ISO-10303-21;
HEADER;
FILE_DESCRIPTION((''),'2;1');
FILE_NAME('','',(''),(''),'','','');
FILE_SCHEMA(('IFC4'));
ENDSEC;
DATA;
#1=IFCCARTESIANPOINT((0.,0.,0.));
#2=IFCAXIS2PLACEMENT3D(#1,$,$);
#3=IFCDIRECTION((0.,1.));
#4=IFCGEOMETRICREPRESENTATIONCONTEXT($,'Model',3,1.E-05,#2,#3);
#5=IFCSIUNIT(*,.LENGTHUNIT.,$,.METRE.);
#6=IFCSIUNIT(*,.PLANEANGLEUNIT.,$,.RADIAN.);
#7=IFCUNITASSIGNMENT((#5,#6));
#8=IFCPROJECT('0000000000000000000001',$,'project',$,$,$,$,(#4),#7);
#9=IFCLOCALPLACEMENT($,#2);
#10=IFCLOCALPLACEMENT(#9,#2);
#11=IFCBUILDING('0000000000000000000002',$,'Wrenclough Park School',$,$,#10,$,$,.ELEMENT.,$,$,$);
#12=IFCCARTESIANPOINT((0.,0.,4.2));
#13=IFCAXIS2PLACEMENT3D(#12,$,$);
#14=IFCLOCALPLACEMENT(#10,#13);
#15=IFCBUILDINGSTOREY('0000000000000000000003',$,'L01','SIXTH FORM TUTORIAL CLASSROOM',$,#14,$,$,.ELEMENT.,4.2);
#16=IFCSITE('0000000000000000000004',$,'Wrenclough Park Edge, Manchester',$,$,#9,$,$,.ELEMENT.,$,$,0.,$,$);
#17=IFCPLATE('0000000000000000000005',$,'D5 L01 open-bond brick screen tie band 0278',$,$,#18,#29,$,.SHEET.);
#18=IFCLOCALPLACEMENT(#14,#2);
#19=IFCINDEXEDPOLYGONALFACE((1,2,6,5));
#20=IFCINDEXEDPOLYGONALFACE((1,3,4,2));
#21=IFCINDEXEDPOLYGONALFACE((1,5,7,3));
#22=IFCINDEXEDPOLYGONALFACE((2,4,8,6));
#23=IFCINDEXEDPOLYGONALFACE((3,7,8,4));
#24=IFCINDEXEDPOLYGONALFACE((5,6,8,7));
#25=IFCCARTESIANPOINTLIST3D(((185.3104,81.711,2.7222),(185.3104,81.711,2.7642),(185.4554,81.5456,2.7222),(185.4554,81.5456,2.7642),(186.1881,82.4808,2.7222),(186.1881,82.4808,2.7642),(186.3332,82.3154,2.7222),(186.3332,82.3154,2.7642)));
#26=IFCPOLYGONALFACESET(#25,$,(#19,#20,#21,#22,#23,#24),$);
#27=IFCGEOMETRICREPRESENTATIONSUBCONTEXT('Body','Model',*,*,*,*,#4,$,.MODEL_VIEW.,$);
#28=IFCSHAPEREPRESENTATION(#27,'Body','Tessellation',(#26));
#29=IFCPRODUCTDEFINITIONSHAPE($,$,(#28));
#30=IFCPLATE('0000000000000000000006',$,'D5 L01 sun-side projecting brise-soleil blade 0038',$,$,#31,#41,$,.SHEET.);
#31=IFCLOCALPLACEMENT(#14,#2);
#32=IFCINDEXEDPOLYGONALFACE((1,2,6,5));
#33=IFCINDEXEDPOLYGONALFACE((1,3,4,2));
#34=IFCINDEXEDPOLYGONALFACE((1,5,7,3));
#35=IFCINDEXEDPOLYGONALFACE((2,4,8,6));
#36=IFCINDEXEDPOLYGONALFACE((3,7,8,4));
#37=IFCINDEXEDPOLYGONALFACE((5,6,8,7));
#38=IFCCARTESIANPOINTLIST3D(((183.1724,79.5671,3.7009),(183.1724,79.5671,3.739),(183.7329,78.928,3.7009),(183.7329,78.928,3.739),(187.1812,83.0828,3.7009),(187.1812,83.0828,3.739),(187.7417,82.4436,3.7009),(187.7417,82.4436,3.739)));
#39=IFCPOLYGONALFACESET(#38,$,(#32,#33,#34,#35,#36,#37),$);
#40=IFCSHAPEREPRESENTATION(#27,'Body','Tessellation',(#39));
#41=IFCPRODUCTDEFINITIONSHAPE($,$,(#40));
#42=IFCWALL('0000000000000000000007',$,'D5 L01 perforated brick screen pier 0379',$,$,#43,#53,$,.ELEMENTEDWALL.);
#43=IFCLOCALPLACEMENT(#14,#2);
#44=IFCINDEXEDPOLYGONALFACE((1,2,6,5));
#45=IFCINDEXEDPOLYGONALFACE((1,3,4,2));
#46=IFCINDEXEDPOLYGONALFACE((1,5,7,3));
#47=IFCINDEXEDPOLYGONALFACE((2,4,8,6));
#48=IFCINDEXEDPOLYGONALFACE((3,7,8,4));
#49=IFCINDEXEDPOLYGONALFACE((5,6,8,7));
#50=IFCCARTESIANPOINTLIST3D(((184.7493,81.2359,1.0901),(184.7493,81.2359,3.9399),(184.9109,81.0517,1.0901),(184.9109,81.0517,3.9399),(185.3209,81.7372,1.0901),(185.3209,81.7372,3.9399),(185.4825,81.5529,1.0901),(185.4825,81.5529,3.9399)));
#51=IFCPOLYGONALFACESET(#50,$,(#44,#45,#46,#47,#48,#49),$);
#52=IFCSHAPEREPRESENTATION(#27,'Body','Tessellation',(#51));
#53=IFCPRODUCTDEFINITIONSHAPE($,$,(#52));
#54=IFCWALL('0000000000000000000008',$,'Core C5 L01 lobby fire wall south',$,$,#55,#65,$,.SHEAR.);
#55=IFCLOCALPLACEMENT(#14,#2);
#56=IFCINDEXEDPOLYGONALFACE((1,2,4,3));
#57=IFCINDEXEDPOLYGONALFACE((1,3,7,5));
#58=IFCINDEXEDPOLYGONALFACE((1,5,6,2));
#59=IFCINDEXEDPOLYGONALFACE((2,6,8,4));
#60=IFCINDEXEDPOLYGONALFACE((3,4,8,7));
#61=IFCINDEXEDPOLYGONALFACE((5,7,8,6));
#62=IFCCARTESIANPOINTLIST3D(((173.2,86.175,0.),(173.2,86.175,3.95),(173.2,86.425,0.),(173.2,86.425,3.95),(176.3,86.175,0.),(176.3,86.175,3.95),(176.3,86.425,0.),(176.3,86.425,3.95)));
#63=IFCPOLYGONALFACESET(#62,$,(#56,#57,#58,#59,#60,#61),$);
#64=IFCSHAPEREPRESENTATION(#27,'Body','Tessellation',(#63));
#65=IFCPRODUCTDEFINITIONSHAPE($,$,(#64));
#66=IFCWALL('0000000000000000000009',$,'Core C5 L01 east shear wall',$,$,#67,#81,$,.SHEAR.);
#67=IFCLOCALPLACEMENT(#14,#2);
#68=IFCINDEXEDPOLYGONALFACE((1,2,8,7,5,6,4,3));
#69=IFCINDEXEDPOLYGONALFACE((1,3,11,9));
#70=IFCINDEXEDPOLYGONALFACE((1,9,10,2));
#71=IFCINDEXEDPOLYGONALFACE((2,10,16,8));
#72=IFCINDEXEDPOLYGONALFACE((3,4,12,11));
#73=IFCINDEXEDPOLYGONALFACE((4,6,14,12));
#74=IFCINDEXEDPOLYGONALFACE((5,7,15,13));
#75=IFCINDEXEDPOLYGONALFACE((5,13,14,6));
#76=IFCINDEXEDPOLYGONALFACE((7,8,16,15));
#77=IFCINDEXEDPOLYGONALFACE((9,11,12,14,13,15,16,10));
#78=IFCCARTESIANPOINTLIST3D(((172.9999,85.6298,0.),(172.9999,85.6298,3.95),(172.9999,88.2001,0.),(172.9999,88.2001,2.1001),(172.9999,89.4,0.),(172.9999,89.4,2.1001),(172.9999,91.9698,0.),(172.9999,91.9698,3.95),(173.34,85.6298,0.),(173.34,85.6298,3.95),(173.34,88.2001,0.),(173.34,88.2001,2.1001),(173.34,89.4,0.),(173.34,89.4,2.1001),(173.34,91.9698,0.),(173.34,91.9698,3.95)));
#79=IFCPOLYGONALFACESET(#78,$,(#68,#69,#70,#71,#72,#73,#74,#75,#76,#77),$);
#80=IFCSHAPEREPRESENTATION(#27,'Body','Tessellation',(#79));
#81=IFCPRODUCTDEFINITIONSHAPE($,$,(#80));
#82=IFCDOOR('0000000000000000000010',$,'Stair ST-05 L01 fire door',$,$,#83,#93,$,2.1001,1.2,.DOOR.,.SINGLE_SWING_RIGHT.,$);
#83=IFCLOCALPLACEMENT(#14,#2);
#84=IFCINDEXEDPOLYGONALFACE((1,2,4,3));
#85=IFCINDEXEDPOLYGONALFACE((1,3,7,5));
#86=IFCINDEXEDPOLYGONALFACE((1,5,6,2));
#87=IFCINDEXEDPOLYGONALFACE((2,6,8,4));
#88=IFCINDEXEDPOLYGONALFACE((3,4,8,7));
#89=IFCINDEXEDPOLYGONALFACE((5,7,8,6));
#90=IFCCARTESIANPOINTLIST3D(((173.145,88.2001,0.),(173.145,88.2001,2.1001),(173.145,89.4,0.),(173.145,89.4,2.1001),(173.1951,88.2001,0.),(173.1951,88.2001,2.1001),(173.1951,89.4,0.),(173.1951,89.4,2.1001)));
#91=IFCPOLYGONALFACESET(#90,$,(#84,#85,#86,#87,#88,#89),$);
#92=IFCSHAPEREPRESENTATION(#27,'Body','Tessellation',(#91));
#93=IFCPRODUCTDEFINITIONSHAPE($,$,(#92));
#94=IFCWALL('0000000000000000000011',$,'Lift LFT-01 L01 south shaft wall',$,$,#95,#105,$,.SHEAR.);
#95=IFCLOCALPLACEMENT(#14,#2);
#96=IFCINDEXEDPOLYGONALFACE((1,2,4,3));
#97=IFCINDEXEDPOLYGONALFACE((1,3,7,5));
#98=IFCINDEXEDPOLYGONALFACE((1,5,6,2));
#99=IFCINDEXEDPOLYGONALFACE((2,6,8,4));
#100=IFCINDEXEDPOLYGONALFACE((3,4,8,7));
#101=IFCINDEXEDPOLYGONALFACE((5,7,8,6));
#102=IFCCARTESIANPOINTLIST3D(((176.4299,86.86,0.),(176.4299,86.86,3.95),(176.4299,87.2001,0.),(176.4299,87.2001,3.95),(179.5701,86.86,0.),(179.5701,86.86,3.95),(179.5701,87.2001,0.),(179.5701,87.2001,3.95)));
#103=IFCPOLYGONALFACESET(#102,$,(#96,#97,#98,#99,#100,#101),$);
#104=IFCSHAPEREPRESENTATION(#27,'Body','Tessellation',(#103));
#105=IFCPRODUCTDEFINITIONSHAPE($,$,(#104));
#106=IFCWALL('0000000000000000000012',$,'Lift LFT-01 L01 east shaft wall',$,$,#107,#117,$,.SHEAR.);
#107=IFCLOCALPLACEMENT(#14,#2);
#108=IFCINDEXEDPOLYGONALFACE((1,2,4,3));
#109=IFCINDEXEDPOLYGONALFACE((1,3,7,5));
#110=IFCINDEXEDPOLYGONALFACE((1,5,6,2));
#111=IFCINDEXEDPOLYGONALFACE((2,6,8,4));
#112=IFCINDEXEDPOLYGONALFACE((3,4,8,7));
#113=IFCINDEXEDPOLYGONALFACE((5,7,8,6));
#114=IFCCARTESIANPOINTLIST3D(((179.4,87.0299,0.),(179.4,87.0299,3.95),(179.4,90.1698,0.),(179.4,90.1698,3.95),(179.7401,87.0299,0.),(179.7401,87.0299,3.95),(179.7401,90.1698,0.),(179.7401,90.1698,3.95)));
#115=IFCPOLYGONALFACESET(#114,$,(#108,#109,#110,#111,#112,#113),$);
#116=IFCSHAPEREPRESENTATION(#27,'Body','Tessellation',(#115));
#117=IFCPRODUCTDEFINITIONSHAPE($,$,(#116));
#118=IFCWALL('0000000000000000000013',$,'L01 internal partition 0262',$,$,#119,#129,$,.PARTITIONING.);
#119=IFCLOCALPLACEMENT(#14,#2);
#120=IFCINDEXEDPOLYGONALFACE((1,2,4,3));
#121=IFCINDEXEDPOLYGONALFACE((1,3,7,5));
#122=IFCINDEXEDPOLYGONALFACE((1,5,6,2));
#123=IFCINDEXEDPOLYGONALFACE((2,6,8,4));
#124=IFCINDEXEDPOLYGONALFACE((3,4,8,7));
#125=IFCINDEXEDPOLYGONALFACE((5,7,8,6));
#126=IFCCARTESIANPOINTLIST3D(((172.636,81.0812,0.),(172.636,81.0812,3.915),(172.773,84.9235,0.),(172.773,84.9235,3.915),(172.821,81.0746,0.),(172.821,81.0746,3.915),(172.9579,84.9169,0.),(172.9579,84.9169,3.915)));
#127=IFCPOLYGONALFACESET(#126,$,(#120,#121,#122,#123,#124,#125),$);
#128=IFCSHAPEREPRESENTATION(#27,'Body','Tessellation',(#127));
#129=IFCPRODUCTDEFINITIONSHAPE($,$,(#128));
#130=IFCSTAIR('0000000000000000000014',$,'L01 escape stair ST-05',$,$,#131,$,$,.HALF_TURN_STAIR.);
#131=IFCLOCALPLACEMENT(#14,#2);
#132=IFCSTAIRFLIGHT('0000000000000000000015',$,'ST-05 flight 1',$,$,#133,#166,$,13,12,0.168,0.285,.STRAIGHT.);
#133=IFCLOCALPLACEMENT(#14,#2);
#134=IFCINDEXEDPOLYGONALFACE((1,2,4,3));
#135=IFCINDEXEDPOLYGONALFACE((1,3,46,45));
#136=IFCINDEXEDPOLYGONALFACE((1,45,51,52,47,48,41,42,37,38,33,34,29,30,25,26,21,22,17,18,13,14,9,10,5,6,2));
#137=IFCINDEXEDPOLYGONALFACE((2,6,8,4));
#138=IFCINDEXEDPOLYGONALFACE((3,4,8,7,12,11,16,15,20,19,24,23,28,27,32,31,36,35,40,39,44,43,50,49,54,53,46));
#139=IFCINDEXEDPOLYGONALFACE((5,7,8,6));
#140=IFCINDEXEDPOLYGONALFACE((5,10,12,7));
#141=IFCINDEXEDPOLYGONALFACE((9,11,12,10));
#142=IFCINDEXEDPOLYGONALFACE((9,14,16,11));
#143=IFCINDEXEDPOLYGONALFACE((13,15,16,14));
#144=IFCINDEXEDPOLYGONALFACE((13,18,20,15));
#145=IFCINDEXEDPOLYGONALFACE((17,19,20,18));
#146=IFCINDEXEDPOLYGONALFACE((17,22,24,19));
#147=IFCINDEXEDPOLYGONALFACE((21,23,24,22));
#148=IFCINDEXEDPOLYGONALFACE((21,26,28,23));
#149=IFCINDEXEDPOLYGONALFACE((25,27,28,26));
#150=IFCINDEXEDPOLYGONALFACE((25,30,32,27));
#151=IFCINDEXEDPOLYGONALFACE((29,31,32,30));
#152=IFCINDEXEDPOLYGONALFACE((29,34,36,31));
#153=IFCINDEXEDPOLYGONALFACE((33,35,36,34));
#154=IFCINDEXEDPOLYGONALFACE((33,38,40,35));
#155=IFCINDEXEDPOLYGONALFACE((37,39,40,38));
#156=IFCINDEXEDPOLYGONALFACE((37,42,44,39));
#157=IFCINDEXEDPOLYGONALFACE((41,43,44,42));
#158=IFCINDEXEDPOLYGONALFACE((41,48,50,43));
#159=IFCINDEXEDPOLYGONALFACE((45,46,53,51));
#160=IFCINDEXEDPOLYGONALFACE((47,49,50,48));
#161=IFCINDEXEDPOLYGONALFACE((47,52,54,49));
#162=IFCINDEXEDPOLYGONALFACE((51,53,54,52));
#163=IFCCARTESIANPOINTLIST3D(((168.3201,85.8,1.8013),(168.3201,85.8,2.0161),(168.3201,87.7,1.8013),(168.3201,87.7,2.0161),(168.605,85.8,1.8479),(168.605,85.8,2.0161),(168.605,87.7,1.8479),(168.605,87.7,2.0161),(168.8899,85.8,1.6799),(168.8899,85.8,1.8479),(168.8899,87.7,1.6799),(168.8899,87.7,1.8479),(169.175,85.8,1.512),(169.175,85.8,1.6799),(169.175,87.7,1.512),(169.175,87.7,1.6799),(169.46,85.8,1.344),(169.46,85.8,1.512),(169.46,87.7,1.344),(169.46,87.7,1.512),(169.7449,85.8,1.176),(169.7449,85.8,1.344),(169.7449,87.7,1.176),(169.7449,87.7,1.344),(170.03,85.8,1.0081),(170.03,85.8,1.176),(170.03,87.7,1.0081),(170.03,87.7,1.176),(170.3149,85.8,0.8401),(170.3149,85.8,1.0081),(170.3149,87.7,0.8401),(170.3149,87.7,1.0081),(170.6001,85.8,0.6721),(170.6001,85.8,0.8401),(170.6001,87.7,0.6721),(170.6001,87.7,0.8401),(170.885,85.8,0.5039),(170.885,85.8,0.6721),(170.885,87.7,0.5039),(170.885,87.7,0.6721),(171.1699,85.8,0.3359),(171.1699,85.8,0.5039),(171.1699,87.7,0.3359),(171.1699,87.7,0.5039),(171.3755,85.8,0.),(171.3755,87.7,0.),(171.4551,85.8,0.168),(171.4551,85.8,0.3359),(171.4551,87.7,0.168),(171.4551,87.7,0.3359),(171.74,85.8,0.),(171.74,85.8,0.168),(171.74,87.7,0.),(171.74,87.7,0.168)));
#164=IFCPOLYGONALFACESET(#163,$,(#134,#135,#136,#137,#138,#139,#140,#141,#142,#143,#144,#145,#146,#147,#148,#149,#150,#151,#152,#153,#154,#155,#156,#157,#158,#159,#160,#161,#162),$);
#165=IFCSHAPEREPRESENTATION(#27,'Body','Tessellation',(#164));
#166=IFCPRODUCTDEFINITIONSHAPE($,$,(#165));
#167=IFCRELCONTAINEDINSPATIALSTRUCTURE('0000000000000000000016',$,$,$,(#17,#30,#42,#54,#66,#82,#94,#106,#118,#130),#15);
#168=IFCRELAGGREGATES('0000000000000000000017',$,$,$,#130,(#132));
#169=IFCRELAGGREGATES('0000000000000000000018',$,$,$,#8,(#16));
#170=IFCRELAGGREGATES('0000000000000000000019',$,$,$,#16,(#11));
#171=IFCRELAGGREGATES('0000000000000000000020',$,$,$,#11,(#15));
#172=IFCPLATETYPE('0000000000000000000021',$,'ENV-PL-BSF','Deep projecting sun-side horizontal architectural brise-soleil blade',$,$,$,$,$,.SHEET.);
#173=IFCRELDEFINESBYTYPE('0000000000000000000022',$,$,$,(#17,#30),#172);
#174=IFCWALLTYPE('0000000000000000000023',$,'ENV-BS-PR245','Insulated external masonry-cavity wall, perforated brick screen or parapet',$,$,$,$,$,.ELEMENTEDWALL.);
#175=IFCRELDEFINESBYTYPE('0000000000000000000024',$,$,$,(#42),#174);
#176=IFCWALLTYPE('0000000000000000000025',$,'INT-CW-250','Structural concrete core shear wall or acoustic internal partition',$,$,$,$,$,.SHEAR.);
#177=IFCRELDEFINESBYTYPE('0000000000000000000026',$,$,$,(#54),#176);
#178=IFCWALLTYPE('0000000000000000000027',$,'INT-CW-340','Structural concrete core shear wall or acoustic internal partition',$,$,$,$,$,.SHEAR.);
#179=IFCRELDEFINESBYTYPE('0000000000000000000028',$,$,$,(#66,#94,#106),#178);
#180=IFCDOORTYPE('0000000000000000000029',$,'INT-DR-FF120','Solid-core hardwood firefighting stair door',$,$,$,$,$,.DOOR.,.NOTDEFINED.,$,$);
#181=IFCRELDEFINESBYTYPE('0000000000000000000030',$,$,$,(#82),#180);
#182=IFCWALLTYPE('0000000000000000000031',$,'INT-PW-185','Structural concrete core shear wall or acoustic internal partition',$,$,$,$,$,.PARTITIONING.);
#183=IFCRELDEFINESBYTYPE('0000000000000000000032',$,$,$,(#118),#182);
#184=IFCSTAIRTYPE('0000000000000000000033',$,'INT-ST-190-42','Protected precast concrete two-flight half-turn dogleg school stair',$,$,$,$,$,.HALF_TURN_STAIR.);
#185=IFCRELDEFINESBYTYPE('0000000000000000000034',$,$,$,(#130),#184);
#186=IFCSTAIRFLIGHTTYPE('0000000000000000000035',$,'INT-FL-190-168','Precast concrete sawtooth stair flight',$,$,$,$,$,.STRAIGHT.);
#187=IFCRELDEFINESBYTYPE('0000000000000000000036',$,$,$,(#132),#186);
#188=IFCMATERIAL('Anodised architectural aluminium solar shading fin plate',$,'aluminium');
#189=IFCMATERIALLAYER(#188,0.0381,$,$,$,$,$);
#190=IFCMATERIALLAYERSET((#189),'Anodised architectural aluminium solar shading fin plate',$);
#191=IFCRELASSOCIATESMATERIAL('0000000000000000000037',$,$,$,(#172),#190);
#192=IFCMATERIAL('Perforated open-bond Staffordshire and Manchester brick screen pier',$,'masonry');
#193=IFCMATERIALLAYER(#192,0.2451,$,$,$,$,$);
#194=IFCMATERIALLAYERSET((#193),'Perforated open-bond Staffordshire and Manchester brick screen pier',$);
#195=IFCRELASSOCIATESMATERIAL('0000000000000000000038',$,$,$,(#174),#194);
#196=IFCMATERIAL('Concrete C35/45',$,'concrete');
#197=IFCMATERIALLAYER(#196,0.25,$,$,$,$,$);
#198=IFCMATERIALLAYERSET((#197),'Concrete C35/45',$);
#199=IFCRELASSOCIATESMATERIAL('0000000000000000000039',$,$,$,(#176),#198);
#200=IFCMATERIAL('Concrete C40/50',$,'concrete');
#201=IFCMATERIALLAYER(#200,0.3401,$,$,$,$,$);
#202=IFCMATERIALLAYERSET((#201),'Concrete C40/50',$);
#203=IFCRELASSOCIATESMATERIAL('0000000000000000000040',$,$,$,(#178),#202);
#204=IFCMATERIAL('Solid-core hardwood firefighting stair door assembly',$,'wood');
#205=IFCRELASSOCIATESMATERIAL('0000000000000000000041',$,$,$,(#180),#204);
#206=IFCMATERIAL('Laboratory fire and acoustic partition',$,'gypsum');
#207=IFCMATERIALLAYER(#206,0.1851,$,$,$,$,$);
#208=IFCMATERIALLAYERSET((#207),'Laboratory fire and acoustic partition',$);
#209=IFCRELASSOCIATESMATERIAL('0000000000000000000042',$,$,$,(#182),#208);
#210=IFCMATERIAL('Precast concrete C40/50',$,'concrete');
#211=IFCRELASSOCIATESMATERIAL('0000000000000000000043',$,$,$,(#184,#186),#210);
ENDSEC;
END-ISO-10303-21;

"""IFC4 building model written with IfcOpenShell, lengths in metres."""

from ifc_helpers import new_model, si_unit, direction, frame, frame_2d, origin, origin_2d, place, context, subcontext, project, spatial, polyline, rectangle, outline, extrude, material, layer, layer_set, type_object, element, fill, aggregate, save


model = new_model("IFC4")

# Units and contexts
model_context = context("Model", 3, precision=1e-05, world=origin(), true_north=direction((0.0, 1.0)))
body_context = subcontext(model_context, "Body", "Model", "MODEL_VIEW")
ifc_project = project(units=[si_unit("LENGTHUNIT", "METRE"), si_unit("PLANEANGLEUNIT", "RADIAN")], contexts=[model_context])

# Site, building, storey
site_placement = place(None, origin())
site = spatial("IfcSite", under=ifc_project, at=site_placement, Name="Wrenclough Park Edge, Manchester", CompositionType="ELEMENT", RefElevation=0.0)
building_placement = place(site_placement, origin())
building = spatial("IfcBuilding", under=site, at=building_placement, Name="Wrenclough Park School", CompositionType="ELEMENT")
storey_placement = place(building_placement, frame((0.0, 0.0, 4.2)))
storey = spatial("IfcBuildingStorey", under=building, at=storey_placement, Name="L01", Description="SIXTH FORM TUTORIAL CLASSROOM", CompositionType="ELEMENT", Elevation=4.2)

# Shared definitions
ifc_material_1 = material(Name="Concrete C40/50", Category="concrete")

# Shared definitions
ifc_material_2 = material(Name="Concrete C35/45", Category="concrete")

# Plates
ifc_material_3 = material(Name="Anodised architectural aluminium solar shading fin plate", Category="aluminium")
ifc_layer_1 = layer(ifc_material_3, 0.0381)
ifc_layer_set_1 = layer_set([ifc_layer_1], Name="Anodised architectural aluminium solar shading fin plate")
plate_type_1 = type_object("IfcPlateType", Name="ENV-PL-BSF", Description="Deep projecting sun-side horizontal architectural brise-soleil blade", PredefinedType="SHEET", material=ifc_layer_set_1)
for number, where, z_axis, x_axis, name in (
    (1, (185.8218, 82.0132, 2.7222), (0.0, 0.0, 1.0), (0.751837, 0.659349, 0.0), "D5 L01 open-bond brick screen tie band 0278"),
):
    element("IfcPlate", number, at=place(storey_placement, frame(where, z_axis=z_axis, x_axis=x_axis)), inside=storey, type_object=plate_type_1, Name=name, PredefinedType="SHEET", context=body_context, shape_type="SweptSolid", body=[
        extrude(rectangle(XDim=1.1675, YDim=0.22, at=origin_2d()), origin(), (0.0, 0.0, 1.0), 0.042),
    ])
plate_1_placement = place(storey_placement, frame((185.457, 81.0054, 3.7009), z_axis=(0.0, 0.0, 1.0), x_axis=(0.751837, 0.659349, 0.0)))
element("IfcPlate", 2, at=plate_1_placement, inside=storey, type_object=plate_type_1, Name="D5 L01 sun-side projecting brise-soleil blade 0038", PredefinedType="SHEET", context=body_context, shape_type="SweptSolid", body=[
    extrude(rectangle(XDim=5.332, YDim=0.8501, at=origin_2d()), origin(), (0.0, 0.0, 1.0), 0.0381),
])

# Walls
ifc_material_4 = material(Name="Perforated open-bond Staffordshire and Manchester brick screen pier", Category="masonry")
ifc_layer_2 = layer(ifc_material_4, 0.2451)
ifc_layer_set_2 = layer_set([ifc_layer_2], Name="Perforated open-bond Staffordshire and Manchester brick screen pier")
wall_type_1 = type_object("IfcWallType", Name="ENV-BS-PR245", Description="Insulated external masonry-cavity wall, perforated brick screen or parapet", PredefinedType="ELEMENTEDWALL", material=ifc_layer_set_2)
wall_1_placement = place(storey_placement, frame((184.8301, 81.1438, 1.0901), z_axis=(0.0, 0.0, 1.0), x_axis=(0.75184, 0.659345, 0.0)))
element("IfcWall", 3, at=wall_1_placement, inside=storey, type_object=wall_type_1, Name="D5 L01 perforated brick screen pier 0379", PredefinedType="ELEMENTEDWALL", context=body_context, shape_type="SweptSolid", body=[
    extrude(rectangle(XDim=0.7603, YDim=0.2451, at=frame_2d((0.3801, 0.0))), origin(), (0.0, 0.0, 1.0), 2.8499),
])
ifc_layer_3 = layer(ifc_material_2, 0.25)
ifc_layer_set_3 = layer_set([ifc_layer_3], Name="Concrete C35/45")
wall_type_2 = type_object("IfcWallType", Name="INT-CW-250", Description="Structural concrete core shear wall or acoustic internal partition", PredefinedType="SHEAR", material=ifc_layer_set_3)
wall_2_placement = place(storey_placement, frame((173.2, 86.3, 0.0), z_axis=(0.0, 0.0, 1.0), x_axis=(1.0, 0.0, 0.0)))
element("IfcWall", 4, at=wall_2_placement, inside=storey, type_object=wall_type_2, Name="Core C5 L01 lobby fire wall south", PredefinedType="SHEAR", context=body_context, shape_type="SweptSolid", body=[
    extrude(rectangle(XDim=3.1001, YDim=0.25, at=frame_2d((1.55, 0.0))), origin(), (0.0, 0.0, 1.0), 3.95),
])

# Wall, opening, door
ifc_layer_4 = layer(ifc_material_1, 0.3401)
ifc_layer_set_4 = layer_set([ifc_layer_4], Name="Concrete C40/50")
wall_type_3 = type_object("IfcWallType", Name="INT-CW-340", Description="Structural concrete core shear wall or acoustic internal partition", PredefinedType="SHEAR", material=ifc_layer_set_4)
wall_3_placement = place(storey_placement, frame((173.1699, 85.6299, 0.0), z_axis=(0.0, 0.0, 1.0), x_axis=(0.0, 1.0, 0.0)))
wall_3 = element("IfcWall", 5, at=wall_3_placement, inside=storey, type_object=wall_type_3, Name="Core C5 L01 east shear wall", PredefinedType="SHEAR", context=body_context, shape_type="SweptSolid", body=[
    extrude(rectangle(XDim=6.3401, YDim=0.3401, at=frame_2d((3.1699, 0.0))), origin(), (0.0, 0.0, 1.0), 3.95),
])
opening_placement = place(wall_3_placement, frame((2.5701, 0.0, 0.0)))
opening = element("IfcOpeningElement", 6, at=opening_placement, cuts=wall_3, PredefinedType="OPENING", context=body_context, shape_type="SweptSolid", body=[
    extrude(rectangle(XDim=1.2, YDim=2.1001, at=frame_2d((0.6001, 1.05))), frame((0.0, 0.1799, 0.0), z_axis=(0.0, -1.0, 0.0), x_axis=(1.0, 0.0, 0.0)), (0.0, 0.0, 1.0), 0.3601),
])
ifc_material_5 = material(Name="Solid-core hardwood firefighting stair door assembly", Category="wood")
door_type = type_object("IfcDoorType", Name="INT-DR-FF120", Description="Solid-core hardwood firefighting stair door", OperationType="NOTDEFINED", PredefinedType="DOOR", material=ifc_material_5)
door_placement = place(opening_placement, origin())
door = element("IfcDoor", 7, at=door_placement, inside=storey, type_object=door_type, Name="Stair ST-05 L01 fire door", OperationType="SINGLE_SWING_RIGHT", OverallHeight=2.1001, OverallWidth=1.2, PredefinedType="DOOR", context=body_context, shape_type="SweptSolid", body=[
    extrude(rectangle(XDim=1.2, YDim=2.1001, at=frame_2d((0.6001, 1.05))), frame((0.0, 0.0249, 0.0), z_axis=(0.0, -1.0, 0.0), x_axis=(1.0, 0.0, 0.0)), (0.0, 0.0, 1.0), 0.05),
])
fill(opening, door)

# Walls
wall_4_placement = place(storey_placement, frame((176.4299, 87.03, 0.0), z_axis=(0.0, 0.0, 1.0), x_axis=(1.0, 0.0, 0.0)))
element("IfcWall", 8, at=wall_4_placement, inside=storey, type_object=wall_type_3, Name="Lift LFT-01 L01 south shaft wall", PredefinedType="SHEAR", context=body_context, shape_type="SweptSolid", body=[
    extrude(rectangle(XDim=3.1401, YDim=0.3401, at=frame_2d((1.5701, 0.0))), origin(), (0.0, 0.0, 1.0), 3.95),
])
wall_5_placement = place(storey_placement, frame((179.5701, 87.03, 0.0), z_axis=(0.0, 0.0, 1.0), x_axis=(0.0, 1.0, 0.0)))
element("IfcWall", 9, at=wall_5_placement, inside=storey, type_object=wall_type_3, Name="Lift LFT-01 L01 east shaft wall", PredefinedType="SHEAR", context=body_context, shape_type="SweptSolid", body=[
    extrude(rectangle(XDim=3.1399, YDim=0.3401, at=frame_2d((1.5698, 0.0))), origin(), (0.0, 0.0, 1.0), 3.95),
])
ifc_material_6 = material(Name="Laboratory fire and acoustic partition", Category="gypsum")
ifc_layer_5 = layer(ifc_material_6, 0.1851)
ifc_layer_set_5 = layer_set([ifc_layer_5], Name="Laboratory fire and acoustic partition")
wall_type_4 = type_object("IfcWallType", Name="INT-PW-185", Description="Structural concrete core shear wall or acoustic internal partition", PredefinedType="PARTITIONING", material=ifc_layer_set_5)
wall_6_placement = place(storey_placement, frame((172.8655, 84.9202, 0.0), z_axis=(0.0, 0.0, 1.0), x_axis=(-0.035624, -0.999365, 0.0)))
element("IfcWall", 10, at=wall_6_placement, inside=storey, type_object=wall_type_4, Name="L01 internal partition 0262", PredefinedType="PARTITIONING", context=body_context, shape_type="SweptSolid", body=[
    extrude(rectangle(XDim=3.8447, YDim=0.1851, at=frame_2d((1.9224, 0.0))), origin(), (0.0, 0.0, 1.0), 3.915),
])

# Stair, stair flight
ifc_material_7 = material(Name="Precast concrete C40/50", Category="concrete")
stair_type = type_object("IfcStairType", Name="INT-ST-190-42", Description="Protected precast concrete two-flight half-turn dogleg school stair", PredefinedType="HALF_TURN_STAIR", material=ifc_material_7)
stair_placement = place(storey_placement, origin())
stair = element("IfcStair", 11, at=stair_placement, inside=storey, type_object=stair_type, Name="L01 escape stair ST-05", PredefinedType="HALF_TURN_STAIR")
stair_flight_type = type_object("IfcStairFlightType", Name="INT-FL-190-168", Description="Precast concrete sawtooth stair flight", PredefinedType="STRAIGHT", material=ifc_material_7)
stair_flight_placement = place(storey_placement, frame((171.74, 86.75, 0.0), z_axis=(0.0, 0.0, 1.0), x_axis=(-1.0, 0.0, 0.0)))
stair_flight = element("IfcStairFlight", 12, at=stair_flight_placement, type_object=stair_flight_type, Name="ST-05 flight 1", NumberOfRisers=13, NumberOfTreads=12, PredefinedType="STRAIGHT", RiserHeight=0.168, TreadLength=0.285, context=body_context, shape_type="SweptSolid", body=[
    extrude(outline(polyline([(0.0, 0.0), (0.0, 0.168), (0.2849, 0.168), (0.2849, 0.3359), (0.5701, 0.3359), (0.5701, 0.5039), (0.855, 0.5039), (0.855, 0.6721), (1.1399, 0.6721), (1.1399, 0.8401), (1.425, 0.8401), (1.425, 1.0081), (1.71, 1.0081), (1.71, 1.176), (1.9951, 1.176), (1.9951, 1.344), (2.28, 1.344), (2.28, 1.512), (2.5649, 1.512), (2.5649, 1.6799), (2.8501, 1.6799), (2.8501, 1.8479), (3.135, 1.8479), (3.135, 2.0161), (3.4199, 2.0161), (3.4199, 2.1841), (3.4199, 1.8013), (0.3645, 0.0), (0.0, 0.0)])), frame((0.0, 0.95, 0.0), z_axis=(0.0, -1.0, 0.0), x_axis=(1.0, 0.0, 0.0)), (0.0, 0.0, 1.0), 1.8999),
])
aggregate(stair, [stair_flight])

save(model, "model.ifc")
